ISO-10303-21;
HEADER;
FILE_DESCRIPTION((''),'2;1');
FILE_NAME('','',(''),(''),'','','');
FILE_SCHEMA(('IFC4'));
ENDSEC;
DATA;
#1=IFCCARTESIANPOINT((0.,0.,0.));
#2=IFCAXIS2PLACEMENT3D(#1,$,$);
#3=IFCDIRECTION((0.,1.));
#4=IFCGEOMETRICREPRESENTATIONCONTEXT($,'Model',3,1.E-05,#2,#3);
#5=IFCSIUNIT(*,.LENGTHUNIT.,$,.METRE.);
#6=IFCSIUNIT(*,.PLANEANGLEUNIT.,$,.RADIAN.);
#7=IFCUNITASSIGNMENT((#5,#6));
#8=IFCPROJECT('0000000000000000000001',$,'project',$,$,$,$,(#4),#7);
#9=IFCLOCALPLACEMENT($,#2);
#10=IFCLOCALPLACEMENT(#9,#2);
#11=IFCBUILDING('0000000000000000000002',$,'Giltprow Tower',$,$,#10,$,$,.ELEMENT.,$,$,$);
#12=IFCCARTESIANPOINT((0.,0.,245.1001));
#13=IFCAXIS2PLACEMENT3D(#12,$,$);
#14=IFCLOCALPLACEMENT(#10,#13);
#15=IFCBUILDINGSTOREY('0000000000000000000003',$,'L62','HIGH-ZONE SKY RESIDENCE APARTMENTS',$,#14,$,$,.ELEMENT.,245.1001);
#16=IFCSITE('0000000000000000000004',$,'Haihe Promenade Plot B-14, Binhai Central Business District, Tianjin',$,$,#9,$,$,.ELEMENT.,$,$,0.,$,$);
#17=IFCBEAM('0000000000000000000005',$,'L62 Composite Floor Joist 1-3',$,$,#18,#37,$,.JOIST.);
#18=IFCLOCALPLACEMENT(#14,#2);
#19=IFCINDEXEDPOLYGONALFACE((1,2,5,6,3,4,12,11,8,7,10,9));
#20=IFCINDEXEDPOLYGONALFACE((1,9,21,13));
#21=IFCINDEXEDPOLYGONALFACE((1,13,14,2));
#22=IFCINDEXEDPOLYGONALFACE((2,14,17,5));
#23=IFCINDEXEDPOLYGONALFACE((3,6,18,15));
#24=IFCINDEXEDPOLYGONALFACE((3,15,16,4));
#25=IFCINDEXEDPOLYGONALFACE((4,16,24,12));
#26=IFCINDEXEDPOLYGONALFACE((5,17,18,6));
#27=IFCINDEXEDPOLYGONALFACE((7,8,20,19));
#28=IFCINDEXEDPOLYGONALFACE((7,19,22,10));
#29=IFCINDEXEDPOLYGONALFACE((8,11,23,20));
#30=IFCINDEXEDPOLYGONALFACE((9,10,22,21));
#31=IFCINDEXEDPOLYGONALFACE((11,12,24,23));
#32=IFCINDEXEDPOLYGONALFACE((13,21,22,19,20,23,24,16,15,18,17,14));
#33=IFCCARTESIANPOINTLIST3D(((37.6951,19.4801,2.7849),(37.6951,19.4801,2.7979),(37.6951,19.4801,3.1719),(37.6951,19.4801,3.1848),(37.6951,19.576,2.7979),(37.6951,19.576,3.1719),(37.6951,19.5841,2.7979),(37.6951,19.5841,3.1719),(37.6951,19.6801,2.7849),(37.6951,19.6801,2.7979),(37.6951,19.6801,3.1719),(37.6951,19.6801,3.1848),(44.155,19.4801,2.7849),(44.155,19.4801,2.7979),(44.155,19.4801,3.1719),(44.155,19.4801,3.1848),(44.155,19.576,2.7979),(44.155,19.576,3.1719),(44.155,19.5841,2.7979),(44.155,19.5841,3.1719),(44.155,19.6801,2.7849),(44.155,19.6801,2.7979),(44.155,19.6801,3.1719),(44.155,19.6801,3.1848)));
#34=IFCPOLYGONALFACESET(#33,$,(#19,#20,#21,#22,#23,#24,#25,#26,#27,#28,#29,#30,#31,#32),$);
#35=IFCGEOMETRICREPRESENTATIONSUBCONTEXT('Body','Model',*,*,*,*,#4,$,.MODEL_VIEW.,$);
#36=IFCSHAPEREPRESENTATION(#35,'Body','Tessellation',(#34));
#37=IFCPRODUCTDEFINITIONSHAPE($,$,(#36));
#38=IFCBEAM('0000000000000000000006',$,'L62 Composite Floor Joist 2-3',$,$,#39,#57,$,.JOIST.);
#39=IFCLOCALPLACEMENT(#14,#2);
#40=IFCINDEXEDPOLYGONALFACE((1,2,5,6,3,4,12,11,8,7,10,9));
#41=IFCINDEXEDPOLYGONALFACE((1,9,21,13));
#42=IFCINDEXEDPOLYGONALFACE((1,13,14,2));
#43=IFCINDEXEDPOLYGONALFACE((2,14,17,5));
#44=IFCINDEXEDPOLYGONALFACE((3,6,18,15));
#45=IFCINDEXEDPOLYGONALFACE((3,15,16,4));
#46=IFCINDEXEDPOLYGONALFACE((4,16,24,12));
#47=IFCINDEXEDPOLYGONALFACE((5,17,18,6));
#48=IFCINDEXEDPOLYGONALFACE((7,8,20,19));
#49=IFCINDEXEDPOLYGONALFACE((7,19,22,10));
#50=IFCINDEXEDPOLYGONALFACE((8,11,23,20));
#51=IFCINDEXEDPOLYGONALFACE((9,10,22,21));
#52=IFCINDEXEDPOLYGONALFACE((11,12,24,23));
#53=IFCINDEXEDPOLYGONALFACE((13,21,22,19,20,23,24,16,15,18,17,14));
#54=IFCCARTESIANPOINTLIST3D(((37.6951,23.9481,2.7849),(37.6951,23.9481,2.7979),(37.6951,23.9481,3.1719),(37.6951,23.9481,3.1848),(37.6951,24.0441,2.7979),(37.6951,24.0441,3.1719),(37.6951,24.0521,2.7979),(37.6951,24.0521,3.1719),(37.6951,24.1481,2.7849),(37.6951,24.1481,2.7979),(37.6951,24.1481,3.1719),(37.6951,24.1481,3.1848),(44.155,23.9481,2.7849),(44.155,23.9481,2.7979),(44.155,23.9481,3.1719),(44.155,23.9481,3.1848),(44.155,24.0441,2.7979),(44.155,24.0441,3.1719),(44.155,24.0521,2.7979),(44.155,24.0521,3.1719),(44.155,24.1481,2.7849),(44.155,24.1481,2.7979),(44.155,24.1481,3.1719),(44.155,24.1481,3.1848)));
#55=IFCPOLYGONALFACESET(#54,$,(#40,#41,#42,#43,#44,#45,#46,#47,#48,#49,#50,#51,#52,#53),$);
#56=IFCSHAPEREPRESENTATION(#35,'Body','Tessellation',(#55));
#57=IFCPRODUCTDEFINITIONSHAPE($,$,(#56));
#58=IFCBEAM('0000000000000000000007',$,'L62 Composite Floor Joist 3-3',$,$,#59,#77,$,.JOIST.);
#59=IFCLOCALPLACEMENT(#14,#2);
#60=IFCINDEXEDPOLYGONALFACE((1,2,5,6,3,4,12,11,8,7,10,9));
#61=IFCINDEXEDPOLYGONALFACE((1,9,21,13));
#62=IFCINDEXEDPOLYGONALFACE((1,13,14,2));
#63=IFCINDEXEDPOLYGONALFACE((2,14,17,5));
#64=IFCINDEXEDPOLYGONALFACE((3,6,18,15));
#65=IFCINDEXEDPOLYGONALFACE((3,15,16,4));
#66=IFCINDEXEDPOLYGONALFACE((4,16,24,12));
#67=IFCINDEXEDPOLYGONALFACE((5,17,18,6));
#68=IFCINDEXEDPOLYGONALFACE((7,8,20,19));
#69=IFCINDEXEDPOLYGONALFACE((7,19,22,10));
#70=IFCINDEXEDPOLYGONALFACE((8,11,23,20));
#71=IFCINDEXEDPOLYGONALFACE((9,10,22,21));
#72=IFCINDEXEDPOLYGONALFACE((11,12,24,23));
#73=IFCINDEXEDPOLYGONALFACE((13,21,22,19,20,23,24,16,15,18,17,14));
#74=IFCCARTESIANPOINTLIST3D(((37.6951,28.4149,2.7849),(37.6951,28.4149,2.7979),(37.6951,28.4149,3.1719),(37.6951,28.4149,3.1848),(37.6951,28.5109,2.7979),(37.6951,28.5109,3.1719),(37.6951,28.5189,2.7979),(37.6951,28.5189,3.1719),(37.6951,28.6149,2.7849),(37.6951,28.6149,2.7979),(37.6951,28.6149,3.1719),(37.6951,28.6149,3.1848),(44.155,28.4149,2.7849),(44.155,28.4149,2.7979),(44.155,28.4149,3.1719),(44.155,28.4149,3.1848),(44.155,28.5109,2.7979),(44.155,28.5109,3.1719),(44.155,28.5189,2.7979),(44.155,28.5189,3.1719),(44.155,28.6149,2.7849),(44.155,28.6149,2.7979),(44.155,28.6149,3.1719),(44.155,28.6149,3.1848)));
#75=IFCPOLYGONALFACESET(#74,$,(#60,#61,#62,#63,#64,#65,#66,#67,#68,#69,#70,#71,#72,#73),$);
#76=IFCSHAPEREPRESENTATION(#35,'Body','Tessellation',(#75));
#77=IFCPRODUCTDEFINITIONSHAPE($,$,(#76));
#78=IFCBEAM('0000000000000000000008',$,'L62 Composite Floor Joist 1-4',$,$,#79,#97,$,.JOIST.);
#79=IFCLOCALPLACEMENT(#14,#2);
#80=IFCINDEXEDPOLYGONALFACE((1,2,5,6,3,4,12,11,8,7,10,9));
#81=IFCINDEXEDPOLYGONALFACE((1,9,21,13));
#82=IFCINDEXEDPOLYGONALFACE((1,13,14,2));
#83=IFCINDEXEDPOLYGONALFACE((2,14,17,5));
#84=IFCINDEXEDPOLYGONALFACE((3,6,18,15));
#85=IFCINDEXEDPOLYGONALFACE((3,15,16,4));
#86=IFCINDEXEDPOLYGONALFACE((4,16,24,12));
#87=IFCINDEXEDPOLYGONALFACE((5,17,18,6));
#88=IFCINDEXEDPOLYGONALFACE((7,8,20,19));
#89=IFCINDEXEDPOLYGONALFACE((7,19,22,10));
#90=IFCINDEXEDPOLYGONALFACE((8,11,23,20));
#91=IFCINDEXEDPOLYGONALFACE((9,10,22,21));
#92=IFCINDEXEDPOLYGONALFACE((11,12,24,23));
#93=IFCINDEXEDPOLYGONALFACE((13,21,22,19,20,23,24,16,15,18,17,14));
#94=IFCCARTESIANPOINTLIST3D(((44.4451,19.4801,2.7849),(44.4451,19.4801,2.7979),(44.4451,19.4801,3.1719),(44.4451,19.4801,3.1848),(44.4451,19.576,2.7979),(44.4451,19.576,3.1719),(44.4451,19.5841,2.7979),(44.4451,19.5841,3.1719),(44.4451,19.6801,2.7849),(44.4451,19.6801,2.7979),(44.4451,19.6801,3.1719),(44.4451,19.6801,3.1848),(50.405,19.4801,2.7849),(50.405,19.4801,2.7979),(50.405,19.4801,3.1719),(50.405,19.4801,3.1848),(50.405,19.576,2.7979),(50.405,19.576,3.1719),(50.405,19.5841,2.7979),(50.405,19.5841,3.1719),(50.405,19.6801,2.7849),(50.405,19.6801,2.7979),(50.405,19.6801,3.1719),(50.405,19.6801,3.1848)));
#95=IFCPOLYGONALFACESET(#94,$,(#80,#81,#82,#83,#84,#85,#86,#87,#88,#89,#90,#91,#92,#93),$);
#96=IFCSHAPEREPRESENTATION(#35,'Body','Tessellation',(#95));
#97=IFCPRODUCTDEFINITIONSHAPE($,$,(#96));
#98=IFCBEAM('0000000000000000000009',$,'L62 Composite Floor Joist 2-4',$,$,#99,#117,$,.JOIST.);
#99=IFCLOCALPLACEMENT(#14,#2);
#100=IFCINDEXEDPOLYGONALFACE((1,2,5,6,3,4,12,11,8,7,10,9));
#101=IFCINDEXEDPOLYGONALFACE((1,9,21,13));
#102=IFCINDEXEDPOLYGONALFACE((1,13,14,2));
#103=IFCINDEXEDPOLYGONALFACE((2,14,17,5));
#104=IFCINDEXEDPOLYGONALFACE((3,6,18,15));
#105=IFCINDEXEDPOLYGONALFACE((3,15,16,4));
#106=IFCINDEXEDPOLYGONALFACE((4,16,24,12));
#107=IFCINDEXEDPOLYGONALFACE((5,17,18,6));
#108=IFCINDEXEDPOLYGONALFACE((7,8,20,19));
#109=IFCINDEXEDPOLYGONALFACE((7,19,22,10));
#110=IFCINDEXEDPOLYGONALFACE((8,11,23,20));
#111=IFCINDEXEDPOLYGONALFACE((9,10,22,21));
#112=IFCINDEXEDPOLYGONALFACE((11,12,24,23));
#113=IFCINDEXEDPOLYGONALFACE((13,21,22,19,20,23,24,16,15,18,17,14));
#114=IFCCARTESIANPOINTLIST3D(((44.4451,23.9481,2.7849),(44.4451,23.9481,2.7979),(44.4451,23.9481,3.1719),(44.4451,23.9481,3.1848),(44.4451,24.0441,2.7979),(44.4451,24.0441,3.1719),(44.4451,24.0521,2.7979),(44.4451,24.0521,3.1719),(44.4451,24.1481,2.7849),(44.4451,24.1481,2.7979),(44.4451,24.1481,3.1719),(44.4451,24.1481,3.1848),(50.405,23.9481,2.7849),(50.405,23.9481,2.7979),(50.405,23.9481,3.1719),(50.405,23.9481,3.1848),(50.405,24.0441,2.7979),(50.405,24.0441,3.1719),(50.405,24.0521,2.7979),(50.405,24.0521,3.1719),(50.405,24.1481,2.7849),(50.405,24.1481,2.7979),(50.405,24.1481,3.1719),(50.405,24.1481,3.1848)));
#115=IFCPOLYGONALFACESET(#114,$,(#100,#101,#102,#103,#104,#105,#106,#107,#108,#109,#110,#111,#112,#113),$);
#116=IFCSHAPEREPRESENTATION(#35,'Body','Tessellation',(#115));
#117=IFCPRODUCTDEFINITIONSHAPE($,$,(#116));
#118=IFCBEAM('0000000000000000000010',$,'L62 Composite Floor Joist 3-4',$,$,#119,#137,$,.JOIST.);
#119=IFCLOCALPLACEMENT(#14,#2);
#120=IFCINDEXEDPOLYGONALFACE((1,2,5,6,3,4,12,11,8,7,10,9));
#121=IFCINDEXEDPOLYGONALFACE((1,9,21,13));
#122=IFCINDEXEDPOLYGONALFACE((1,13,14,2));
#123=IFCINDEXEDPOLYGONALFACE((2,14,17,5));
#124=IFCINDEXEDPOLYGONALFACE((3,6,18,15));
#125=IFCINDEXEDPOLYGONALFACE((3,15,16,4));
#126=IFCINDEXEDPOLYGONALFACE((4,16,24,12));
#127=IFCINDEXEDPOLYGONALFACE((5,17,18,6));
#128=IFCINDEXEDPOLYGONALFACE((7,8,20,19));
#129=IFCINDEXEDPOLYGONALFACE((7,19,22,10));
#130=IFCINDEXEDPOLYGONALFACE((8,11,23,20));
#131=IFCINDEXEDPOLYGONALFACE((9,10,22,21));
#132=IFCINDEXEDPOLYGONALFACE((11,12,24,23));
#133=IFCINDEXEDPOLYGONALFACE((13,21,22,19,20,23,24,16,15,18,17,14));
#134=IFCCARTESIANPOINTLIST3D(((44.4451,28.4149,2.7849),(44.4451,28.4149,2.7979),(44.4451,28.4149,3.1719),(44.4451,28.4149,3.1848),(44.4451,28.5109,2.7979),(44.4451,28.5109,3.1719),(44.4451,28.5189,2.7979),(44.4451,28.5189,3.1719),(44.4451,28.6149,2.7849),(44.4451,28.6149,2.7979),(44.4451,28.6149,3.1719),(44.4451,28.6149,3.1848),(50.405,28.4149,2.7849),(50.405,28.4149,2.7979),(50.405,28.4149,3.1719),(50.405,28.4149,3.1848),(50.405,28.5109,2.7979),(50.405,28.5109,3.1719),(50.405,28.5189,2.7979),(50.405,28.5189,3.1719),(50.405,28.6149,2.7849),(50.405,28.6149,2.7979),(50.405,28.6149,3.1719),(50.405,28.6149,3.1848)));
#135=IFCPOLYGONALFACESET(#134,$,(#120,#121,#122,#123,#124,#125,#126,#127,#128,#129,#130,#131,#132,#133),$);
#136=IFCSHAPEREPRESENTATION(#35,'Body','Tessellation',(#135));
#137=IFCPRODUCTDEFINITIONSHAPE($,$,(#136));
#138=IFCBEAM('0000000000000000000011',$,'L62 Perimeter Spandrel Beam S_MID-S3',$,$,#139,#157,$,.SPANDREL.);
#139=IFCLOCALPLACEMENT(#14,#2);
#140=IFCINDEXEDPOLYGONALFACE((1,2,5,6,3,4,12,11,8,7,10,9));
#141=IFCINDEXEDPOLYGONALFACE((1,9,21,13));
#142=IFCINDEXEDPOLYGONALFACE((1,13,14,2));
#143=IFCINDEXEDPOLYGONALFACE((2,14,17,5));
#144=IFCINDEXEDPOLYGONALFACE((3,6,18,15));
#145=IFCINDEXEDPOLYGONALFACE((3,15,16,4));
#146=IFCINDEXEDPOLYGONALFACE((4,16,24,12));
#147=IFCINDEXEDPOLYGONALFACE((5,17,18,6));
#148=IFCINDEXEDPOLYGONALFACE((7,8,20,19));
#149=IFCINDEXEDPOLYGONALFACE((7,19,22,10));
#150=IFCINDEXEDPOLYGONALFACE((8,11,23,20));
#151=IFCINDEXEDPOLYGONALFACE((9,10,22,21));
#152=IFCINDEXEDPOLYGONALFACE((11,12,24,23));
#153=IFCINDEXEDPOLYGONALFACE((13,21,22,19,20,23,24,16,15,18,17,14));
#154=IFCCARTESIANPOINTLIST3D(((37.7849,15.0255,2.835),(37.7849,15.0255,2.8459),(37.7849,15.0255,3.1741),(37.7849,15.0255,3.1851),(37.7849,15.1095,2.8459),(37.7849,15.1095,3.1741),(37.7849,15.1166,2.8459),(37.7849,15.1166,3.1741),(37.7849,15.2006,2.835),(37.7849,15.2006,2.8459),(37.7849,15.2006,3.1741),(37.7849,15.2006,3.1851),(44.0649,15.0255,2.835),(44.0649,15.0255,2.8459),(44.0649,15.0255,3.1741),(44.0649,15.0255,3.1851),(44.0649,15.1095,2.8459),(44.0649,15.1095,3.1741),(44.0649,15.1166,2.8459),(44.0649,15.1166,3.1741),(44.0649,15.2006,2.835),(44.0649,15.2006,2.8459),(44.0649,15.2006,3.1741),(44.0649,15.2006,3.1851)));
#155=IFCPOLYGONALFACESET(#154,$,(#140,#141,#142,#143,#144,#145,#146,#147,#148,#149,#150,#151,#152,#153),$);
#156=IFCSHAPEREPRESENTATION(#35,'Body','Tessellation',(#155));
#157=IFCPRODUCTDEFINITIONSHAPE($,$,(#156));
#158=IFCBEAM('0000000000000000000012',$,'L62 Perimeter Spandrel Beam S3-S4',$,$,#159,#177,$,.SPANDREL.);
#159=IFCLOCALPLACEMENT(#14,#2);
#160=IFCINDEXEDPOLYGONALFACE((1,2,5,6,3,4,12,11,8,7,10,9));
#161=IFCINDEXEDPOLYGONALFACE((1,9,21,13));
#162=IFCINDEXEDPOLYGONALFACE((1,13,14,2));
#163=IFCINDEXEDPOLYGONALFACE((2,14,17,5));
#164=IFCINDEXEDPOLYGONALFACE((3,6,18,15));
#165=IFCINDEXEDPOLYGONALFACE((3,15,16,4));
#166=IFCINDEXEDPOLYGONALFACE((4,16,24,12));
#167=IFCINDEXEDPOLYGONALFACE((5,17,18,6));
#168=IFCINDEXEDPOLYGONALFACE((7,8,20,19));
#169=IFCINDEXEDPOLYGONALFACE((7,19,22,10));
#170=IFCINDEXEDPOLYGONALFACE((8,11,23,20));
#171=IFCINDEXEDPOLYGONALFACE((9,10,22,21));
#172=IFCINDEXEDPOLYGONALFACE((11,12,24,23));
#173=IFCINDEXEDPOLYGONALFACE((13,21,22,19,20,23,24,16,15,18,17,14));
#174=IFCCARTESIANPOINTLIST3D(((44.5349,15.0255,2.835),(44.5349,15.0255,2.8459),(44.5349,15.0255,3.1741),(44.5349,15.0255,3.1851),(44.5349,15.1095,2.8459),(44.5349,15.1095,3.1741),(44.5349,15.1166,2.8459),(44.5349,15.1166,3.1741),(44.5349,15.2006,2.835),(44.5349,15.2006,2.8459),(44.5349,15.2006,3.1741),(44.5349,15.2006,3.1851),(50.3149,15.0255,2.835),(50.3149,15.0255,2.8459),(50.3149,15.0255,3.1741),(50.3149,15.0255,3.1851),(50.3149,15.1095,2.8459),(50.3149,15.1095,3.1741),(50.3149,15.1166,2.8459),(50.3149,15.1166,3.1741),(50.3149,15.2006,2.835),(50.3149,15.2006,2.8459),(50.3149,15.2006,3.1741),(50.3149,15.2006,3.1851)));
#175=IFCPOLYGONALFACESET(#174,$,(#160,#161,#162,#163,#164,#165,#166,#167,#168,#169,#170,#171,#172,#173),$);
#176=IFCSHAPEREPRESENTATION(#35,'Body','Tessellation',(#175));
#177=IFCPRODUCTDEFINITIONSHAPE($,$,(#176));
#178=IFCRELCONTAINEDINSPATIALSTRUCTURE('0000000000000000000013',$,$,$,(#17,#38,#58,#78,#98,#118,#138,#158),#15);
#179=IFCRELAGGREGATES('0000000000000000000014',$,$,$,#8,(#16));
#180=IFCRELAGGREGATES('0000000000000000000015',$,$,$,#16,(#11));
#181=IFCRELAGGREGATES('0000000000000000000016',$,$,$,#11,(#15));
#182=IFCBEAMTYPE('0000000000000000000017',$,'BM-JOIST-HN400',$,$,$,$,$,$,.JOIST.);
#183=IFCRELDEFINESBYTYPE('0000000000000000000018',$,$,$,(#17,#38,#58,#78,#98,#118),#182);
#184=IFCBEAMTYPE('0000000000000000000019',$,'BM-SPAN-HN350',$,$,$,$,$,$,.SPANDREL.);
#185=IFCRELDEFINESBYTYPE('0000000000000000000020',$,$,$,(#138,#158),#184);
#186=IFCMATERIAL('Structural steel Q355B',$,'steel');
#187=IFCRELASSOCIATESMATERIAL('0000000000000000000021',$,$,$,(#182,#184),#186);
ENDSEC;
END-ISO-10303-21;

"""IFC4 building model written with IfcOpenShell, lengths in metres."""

from ifc_helpers import new_model, si_unit, direction, frame, origin, origin_2d, place, context, subcontext, project, spatial, i_section, extrude, source, transform, mapped, material, material_profile, profile_set, type_object, element, save


model = new_model("IFC4")

# Units and contexts
model_context = context("Model", 3, precision=1e-05, world=origin(), true_north=direction((0.0, 1.0)))
body_context = subcontext(model_context, "Body", "Model", "MODEL_VIEW")
ifc_project = project(units=[si_unit("LENGTHUNIT", "METRE"), si_unit("PLANEANGLEUNIT", "RADIAN")], contexts=[model_context])

# Site, building, storey
site_placement = place(None, origin())
site = spatial("IfcSite", under=ifc_project, at=site_placement, Name="Haihe Promenade Plot B-14, Binhai Central Business District, Tianjin", CompositionType="ELEMENT", RefElevation=0.0)
building_placement = place(site_placement, origin())
building = spatial("IfcBuilding", under=site, at=building_placement, Name="Giltprow Tower", CompositionType="ELEMENT")
storey_placement = place(building_placement, frame((0.0, 0.0, 245.1001)))
storey = spatial("IfcBuildingStorey", under=building, at=storey_placement, Name="L62", Description="HIGH-ZONE SKY RESIDENCE APARTMENTS", CompositionType="ELEMENT", Elevation=245.1001)

# Beams
ifc_material_1 = material(Name="Structural steel Q355B", Category="steel")
ifc_material_profile_1 = material_profile(ifc_material_1, i_section(OverallWidth=0.2, OverallDepth=0.3999, WebThickness=0.0081, FlangeThickness=0.0129, at=origin_2d()), Name="HN 400x200x8x13")
ifc_profile_set_1 = profile_set([ifc_material_profile_1], Name="Structural steel Q355B")
beam_type_1 = type_object("IfcBeamType", Name="BM-JOIST-HN400", PredefinedType="JOIST", material=ifc_profile_set_1)
shared_shape_1 = source(origin(), body_context, "Body", "SweptSolid", [
    extrude(i_section(OverallWidth=0.2, OverallDepth=0.3999, WebThickness=0.0081, FlangeThickness=0.0129, at=origin_2d()), origin(), (0.0, 0.0, 1.0), 6.46),
])
for number, where, z_axis, x_axis, name in (
    (1, (37.6951, 19.5801, 2.9849), (1.0, 0.0, 0.0), (0.0, 1.0, 0.0), "L62 Composite Floor Joist 1-3"),
    (2, (37.6951, 24.0481, 2.9849), (1.0, 0.0, 0.0), (0.0, 1.0, 0.0), "L62 Composite Floor Joist 2-3"),
    (3, (37.6951, 28.5149, 2.9849), (1.0, 0.0, 0.0), (0.0, 1.0, 0.0), "L62 Composite Floor Joist 3-3"),
):
    element("IfcBeam", number, at=place(storey_placement, frame(where, z_axis=z_axis, x_axis=x_axis)), inside=storey, type_object=beam_type_1, Name=name, PredefinedType="JOIST", context=body_context, shape_type="MappedRepresentation", body=[
        mapped(shared_shape_1, transform((0.0, 0.0, 0.0), x_axis=(1.0, 0.0, 0.0), y_axis=(0.0, 1.0, 0.0), z_axis=(0.0, 0.0, 1.0), scale=1.0)),
    ])
shared_shape_2 = source(origin(), body_context, "Body", "SweptSolid", [
    extrude(i_section(OverallWidth=0.2, OverallDepth=0.3999, WebThickness=0.0081, FlangeThickness=0.0129, at=origin_2d()), origin(), (0.0, 0.0, 1.0), 5.96),
])
for number, where, z_axis, x_axis, name in (
    (4, (44.4451, 19.5801, 2.9849), (1.0, 0.0, 0.0), (0.0, 1.0, 0.0), "L62 Composite Floor Joist 1-4"),
    (5, (44.4451, 24.0481, 2.9849), (1.0, 0.0, 0.0), (0.0, 1.0, 0.0), "L62 Composite Floor Joist 2-4"),
    (6, (44.4451, 28.5149, 2.9849), (1.0, 0.0, 0.0), (0.0, 1.0, 0.0), "L62 Composite Floor Joist 3-4"),
):
    element("IfcBeam", number, at=place(storey_placement, frame(where, z_axis=z_axis, x_axis=x_axis)), inside=storey, type_object=beam_type_1, Name=name, PredefinedType="JOIST", context=body_context, shape_type="MappedRepresentation", body=[
        mapped(shared_shape_2, transform((0.0, 0.0, 0.0), x_axis=(1.0, 0.0, 0.0), y_axis=(0.0, 1.0, 0.0), z_axis=(0.0, 0.0, 1.0), scale=1.0)),
    ])
ifc_material_profile_2 = material_profile(ifc_material_1, i_section(OverallWidth=0.175, OverallDepth=0.3501, WebThickness=0.0071, FlangeThickness=0.011, at=origin_2d()), Name="HN 350x175x7x11")
ifc_profile_set_2 = profile_set([ifc_material_profile_2], Name="Structural steel Q355B")
beam_type_2 = type_object("IfcBeamType", Name="BM-SPAN-HN350", PredefinedType="SPANDREL", material=ifc_profile_set_2)
shared_shape_3 = source(origin(), body_context, "Body", "SweptSolid", [
    extrude(i_section(OverallWidth=0.175, OverallDepth=0.3501, WebThickness=0.0071, FlangeThickness=0.011, at=origin_2d()), origin(), (0.0, 0.0, 1.0), 6.28),
])
beam_1_placement = place(storey_placement, frame((37.7849, 15.113, 3.01), z_axis=(1.0, 0.0, 0.0), x_axis=(0.0, 1.0, 0.0)))
element("IfcBeam", 7, at=beam_1_placement, inside=storey, type_object=beam_type_2, Name="L62 Perimeter Spandrel Beam S_MID-S3", PredefinedType="SPANDREL", context=body_context, shape_type="MappedRepresentation", body=[
    mapped(shared_shape_3, transform((0.0, 0.0, 0.0), x_axis=(1.0, 0.0, 0.0), y_axis=(0.0, 1.0, 0.0), z_axis=(0.0, 0.0, 1.0), scale=1.0)),
])
shared_shape_4 = source(origin(), body_context, "Body", "SweptSolid", [
    extrude(i_section(OverallWidth=0.175, OverallDepth=0.3501, WebThickness=0.0071, FlangeThickness=0.011, at=origin_2d()), origin(), (0.0, 0.0, 1.0), 5.78),
])
beam_2_placement = place(storey_placement, frame((44.5349, 15.113, 3.01), z_axis=(1.0, 0.0, 0.0), x_axis=(0.0, 1.0, 0.0)))
element("IfcBeam", 8, at=beam_2_placement, inside=storey, type_object=beam_type_2, Name="L62 Perimeter Spandrel Beam S3-S4", PredefinedType="SPANDREL", context=body_context, shape_type="MappedRepresentation", body=[
    mapped(shared_shape_4, transform((0.0, 0.0, 0.0), x_axis=(1.0, 0.0, 0.0), y_axis=(0.0, 1.0, 0.0), z_axis=(0.0, 0.0, 1.0), scale=1.0)),
])

save(model, "model.ifc")
